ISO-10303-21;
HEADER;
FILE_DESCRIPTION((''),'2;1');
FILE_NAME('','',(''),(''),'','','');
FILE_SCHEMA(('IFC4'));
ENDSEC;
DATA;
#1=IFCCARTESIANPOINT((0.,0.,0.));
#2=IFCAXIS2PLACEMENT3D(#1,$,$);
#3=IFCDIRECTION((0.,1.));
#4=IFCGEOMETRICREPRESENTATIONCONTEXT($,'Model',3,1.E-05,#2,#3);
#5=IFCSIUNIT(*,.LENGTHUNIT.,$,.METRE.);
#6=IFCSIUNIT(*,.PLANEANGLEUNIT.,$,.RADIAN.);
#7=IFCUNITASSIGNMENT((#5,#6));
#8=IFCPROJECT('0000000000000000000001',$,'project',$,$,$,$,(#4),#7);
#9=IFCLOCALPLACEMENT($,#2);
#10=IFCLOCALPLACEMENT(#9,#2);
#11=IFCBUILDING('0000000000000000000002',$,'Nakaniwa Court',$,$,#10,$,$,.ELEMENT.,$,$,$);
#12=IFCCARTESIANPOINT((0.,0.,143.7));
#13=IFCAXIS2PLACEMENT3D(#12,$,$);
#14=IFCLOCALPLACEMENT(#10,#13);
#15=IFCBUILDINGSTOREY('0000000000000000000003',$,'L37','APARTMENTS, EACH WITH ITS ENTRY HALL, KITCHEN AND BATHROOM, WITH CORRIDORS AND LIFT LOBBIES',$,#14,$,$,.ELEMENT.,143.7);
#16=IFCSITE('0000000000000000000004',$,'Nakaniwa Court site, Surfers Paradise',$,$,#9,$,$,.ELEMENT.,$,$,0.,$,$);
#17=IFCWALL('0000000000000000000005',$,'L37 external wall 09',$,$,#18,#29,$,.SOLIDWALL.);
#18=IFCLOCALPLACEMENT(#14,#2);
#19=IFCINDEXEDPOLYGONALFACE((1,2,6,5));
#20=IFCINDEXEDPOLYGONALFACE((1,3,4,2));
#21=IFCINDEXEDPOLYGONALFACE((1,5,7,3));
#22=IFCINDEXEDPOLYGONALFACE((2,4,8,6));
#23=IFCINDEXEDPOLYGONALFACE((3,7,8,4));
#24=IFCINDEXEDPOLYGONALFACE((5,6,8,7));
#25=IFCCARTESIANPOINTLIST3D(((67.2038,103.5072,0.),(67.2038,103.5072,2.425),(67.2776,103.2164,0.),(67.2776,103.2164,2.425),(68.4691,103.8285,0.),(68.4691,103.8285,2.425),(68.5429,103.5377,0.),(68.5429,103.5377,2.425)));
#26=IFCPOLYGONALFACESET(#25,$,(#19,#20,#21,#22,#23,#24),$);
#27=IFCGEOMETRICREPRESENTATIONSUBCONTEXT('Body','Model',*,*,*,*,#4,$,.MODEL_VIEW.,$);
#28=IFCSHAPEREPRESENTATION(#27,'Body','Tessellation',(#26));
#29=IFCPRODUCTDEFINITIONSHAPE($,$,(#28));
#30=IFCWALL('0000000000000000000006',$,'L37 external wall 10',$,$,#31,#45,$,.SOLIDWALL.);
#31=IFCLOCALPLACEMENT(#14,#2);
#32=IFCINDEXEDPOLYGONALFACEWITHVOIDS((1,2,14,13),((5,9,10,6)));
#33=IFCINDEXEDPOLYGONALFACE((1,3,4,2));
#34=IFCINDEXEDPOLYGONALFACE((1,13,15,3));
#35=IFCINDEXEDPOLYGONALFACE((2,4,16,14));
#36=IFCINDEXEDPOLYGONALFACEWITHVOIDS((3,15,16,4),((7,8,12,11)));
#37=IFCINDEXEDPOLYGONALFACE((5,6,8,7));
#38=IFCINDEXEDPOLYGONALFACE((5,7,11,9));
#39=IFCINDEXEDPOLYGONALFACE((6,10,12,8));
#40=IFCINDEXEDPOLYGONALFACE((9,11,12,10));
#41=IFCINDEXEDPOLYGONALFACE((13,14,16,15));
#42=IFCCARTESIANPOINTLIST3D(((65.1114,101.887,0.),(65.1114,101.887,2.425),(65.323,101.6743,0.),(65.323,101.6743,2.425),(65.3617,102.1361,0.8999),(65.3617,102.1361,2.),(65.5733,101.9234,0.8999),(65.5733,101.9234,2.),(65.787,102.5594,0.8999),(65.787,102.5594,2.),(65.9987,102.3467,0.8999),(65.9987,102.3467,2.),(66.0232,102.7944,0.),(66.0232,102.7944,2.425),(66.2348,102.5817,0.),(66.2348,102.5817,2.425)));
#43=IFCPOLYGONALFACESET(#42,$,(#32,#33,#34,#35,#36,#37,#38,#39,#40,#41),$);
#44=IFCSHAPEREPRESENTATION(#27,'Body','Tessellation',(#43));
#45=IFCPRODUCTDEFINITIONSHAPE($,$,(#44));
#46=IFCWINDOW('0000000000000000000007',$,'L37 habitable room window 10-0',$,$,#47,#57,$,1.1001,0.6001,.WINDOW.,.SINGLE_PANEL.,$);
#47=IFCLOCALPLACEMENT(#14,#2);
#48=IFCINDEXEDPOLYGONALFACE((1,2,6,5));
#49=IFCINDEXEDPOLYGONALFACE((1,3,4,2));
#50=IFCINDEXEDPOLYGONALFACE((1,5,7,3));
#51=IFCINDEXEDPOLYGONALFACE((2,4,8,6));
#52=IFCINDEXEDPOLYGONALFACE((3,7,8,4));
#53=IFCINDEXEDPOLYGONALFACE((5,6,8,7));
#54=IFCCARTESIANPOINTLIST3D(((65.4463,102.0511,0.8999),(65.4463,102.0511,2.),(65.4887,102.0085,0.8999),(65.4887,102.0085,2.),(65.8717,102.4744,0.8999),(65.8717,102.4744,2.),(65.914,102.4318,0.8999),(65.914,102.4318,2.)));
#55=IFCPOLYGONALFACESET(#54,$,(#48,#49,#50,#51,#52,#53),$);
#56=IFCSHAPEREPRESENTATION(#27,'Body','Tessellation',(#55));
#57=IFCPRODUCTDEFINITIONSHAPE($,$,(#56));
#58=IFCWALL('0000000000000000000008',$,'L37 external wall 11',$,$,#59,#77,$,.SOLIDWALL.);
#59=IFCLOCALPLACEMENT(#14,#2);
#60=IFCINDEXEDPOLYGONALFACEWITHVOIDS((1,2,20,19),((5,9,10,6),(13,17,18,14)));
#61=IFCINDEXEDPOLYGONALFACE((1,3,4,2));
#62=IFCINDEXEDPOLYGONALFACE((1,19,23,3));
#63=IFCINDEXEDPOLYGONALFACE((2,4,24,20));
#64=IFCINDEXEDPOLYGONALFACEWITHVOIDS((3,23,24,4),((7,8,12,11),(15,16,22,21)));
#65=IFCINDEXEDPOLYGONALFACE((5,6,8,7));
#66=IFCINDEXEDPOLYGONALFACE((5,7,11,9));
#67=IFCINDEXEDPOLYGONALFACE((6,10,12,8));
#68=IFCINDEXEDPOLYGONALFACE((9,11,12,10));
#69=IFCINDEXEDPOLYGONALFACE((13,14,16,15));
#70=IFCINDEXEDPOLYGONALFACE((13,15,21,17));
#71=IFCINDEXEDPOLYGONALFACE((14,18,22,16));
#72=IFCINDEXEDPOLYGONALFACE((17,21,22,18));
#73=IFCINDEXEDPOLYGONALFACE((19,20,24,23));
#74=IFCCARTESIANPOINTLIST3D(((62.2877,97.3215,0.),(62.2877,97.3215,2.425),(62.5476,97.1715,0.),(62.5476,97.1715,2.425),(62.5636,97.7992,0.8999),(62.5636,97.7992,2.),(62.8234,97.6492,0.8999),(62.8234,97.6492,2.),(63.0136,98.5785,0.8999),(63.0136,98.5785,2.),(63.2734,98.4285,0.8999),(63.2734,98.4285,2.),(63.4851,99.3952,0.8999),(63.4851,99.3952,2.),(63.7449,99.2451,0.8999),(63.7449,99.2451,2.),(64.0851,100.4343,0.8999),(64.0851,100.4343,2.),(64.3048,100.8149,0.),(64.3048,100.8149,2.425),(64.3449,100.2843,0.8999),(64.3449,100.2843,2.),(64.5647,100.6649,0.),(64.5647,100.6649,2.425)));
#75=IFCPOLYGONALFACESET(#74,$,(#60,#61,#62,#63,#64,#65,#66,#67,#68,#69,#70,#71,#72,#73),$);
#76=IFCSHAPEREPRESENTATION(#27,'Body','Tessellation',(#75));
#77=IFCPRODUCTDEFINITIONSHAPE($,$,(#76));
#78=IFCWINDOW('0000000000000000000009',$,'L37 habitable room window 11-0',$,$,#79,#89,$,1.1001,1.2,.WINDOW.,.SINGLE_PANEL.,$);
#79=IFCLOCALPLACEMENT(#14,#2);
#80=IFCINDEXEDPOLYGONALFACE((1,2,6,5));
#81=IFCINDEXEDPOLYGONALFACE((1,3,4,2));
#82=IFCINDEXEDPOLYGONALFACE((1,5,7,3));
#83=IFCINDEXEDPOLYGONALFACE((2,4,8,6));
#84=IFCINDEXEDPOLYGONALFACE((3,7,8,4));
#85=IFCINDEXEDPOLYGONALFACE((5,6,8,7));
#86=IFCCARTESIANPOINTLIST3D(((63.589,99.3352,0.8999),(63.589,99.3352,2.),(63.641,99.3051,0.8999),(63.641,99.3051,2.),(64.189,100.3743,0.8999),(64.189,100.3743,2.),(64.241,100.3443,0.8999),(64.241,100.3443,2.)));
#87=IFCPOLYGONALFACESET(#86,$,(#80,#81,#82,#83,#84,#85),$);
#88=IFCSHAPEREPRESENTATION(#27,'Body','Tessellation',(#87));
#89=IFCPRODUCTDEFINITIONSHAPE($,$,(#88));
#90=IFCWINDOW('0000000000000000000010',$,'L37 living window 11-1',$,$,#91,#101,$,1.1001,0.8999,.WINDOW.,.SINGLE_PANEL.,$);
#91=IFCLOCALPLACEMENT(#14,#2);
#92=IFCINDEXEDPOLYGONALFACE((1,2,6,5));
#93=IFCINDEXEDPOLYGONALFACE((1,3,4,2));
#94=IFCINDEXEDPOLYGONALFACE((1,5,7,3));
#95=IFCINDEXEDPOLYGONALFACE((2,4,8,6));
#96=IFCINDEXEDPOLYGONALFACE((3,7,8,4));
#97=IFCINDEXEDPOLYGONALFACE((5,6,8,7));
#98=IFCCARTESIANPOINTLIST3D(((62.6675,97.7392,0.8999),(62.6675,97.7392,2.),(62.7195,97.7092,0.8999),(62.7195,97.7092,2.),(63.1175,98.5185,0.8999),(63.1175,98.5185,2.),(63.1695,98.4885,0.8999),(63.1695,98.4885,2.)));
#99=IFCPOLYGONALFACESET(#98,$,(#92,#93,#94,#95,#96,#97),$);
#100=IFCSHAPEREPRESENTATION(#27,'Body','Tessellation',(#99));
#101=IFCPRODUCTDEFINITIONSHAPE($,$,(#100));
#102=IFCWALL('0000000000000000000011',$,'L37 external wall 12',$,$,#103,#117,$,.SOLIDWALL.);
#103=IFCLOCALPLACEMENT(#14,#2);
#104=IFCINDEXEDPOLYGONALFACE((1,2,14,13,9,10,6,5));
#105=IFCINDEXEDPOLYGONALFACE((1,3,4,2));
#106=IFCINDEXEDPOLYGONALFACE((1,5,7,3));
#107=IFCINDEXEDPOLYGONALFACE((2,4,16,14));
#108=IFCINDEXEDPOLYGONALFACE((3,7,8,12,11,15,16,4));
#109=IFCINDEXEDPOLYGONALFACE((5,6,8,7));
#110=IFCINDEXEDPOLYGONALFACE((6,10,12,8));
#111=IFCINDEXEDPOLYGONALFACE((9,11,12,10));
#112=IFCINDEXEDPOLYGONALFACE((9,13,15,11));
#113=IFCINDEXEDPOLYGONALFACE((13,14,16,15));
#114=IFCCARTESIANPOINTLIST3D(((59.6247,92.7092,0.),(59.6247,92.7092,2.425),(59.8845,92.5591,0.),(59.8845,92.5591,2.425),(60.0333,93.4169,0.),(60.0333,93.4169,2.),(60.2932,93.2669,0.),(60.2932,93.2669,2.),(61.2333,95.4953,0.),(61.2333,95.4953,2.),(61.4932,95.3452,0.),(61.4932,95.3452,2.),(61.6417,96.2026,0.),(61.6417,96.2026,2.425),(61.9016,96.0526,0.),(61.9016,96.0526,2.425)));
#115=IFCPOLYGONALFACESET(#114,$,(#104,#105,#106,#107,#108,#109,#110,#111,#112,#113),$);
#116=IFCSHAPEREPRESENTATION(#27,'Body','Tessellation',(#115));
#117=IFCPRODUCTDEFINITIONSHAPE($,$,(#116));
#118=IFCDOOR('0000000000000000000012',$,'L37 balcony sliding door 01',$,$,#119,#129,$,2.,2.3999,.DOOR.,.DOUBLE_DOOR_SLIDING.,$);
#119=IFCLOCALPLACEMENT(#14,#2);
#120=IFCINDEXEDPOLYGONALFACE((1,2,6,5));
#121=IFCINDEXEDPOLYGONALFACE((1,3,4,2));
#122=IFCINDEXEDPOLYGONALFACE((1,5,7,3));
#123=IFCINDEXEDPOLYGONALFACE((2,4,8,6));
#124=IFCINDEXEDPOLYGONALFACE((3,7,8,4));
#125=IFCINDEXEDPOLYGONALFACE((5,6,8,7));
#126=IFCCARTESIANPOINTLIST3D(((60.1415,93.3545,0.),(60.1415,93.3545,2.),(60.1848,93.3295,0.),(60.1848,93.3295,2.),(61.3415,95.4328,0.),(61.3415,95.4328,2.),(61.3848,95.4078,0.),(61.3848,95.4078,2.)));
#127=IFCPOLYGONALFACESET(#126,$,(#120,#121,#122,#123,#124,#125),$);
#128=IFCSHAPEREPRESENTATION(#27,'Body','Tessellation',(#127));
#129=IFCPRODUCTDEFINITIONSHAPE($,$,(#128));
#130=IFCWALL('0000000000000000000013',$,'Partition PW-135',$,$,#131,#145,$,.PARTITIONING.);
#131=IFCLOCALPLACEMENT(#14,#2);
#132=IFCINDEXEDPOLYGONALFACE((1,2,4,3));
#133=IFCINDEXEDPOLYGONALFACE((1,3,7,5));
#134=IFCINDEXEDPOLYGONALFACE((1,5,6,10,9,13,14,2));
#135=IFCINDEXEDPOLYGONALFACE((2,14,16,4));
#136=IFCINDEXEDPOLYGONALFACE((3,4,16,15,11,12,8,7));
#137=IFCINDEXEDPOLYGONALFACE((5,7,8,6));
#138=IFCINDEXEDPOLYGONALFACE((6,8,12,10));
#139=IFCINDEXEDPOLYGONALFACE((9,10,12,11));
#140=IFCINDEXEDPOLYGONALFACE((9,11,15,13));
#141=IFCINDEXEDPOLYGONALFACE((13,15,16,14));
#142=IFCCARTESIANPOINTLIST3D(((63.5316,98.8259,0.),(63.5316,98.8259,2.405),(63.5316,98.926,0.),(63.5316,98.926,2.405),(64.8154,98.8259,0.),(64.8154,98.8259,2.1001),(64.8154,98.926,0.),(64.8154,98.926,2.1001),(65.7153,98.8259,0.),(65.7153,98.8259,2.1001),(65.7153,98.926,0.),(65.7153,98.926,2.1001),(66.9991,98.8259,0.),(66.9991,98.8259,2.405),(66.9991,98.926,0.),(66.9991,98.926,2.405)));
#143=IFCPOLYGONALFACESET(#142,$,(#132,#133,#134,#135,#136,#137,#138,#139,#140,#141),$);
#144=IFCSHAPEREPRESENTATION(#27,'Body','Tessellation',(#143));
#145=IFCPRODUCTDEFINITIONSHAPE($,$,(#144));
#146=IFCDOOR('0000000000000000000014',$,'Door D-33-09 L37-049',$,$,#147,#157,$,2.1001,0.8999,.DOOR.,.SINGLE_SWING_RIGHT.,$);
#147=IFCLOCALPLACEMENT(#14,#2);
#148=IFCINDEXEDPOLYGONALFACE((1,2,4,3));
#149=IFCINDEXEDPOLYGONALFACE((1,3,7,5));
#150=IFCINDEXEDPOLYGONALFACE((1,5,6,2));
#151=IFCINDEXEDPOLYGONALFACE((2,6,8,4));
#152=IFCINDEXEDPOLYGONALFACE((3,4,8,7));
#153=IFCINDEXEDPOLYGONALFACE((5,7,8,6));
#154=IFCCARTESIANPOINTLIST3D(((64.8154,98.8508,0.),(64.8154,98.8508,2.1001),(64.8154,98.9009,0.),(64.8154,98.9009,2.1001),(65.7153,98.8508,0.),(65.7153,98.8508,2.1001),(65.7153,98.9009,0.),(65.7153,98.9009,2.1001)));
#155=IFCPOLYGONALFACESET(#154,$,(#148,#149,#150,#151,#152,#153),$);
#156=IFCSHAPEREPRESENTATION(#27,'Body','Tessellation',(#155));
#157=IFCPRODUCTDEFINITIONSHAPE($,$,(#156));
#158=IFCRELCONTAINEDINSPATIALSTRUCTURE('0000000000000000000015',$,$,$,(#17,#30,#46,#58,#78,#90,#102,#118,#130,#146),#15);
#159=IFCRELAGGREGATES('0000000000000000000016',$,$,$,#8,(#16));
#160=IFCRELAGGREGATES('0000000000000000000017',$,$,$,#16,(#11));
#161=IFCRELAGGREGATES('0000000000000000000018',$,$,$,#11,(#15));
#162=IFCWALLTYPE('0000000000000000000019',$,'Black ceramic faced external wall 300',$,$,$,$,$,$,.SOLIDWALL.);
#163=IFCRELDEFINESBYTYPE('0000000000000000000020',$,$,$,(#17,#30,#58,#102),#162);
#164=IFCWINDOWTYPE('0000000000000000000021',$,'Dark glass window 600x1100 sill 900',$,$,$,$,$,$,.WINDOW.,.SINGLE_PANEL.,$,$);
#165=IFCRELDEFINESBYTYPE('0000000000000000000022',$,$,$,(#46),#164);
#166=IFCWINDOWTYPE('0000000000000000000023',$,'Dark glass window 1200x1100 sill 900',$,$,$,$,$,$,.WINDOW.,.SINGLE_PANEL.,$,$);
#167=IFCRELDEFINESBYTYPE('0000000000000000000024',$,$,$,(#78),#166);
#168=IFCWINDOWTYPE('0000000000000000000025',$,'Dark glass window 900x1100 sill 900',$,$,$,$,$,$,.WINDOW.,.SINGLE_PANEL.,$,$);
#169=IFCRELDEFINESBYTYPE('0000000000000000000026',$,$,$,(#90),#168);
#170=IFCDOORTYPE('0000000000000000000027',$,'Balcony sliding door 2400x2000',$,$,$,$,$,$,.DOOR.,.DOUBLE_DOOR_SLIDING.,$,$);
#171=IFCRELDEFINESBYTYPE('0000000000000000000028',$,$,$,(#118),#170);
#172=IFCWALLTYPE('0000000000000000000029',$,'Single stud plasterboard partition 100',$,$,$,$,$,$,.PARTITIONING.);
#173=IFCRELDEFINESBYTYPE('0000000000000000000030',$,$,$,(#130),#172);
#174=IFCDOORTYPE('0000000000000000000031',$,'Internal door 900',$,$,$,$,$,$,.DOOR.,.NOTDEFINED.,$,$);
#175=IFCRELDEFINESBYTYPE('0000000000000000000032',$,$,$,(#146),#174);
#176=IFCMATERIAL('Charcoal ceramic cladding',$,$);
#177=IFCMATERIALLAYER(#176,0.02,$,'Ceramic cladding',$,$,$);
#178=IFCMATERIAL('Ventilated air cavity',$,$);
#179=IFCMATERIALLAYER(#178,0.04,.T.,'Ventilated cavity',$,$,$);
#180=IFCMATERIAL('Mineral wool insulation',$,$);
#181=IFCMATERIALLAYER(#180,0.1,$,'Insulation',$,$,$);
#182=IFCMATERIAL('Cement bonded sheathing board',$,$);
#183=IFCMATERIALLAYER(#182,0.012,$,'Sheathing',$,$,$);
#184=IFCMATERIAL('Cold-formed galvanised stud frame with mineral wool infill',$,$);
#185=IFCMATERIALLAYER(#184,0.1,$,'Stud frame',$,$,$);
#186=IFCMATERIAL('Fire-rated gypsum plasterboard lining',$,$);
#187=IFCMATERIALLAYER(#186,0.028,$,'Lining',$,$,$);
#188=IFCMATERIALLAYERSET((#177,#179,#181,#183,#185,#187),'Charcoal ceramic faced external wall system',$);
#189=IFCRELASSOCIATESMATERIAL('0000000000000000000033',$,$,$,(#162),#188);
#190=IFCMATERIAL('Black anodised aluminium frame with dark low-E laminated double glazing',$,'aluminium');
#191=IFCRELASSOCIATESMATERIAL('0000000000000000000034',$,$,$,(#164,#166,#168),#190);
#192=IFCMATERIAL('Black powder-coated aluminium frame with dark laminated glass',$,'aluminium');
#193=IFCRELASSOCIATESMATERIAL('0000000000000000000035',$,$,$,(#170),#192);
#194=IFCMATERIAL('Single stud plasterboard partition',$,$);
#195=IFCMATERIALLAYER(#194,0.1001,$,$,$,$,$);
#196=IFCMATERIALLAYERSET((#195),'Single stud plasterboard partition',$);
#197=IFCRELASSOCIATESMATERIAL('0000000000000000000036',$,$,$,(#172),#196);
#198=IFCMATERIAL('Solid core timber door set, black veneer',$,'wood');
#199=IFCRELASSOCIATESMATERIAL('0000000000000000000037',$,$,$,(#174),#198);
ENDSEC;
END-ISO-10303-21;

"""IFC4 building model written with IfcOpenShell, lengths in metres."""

from ifc_helpers import new_model, si_unit, direction, frame, frame_2d, origin, place, context, subcontext, project, spatial, rectangle, extrude, material, layer, layer_set, type_object, element, fill, save


model = new_model("IFC4")

# Units and contexts
model_context = context("Model", 3, precision=1e-05, world=origin(), true_north=direction((0.0, 1.0)))
body_context = subcontext(model_context, "Body", "Model", "MODEL_VIEW")
ifc_project = project(units=[si_unit("LENGTHUNIT", "METRE"), si_unit("PLANEANGLEUNIT", "RADIAN")], contexts=[model_context])

# Site, building, storey
site_placement = place(None, origin())
site = spatial("IfcSite", under=ifc_project, at=site_placement, Name="Nakaniwa Court site, Surfers Paradise", CompositionType="ELEMENT", RefElevation=0.0)
building_placement = place(site_placement, origin())
building = spatial("IfcBuilding", under=site, at=building_placement, Name="Nakaniwa Court", CompositionType="ELEMENT")
storey_placement = place(building_placement, frame((0.0, 0.0, 143.7)))
storey = spatial("IfcBuildingStorey", under=building, at=storey_placement, Name="L37", Description="APARTMENTS, EACH WITH ITS ENTRY HALL, KITCHEN AND BATHROOM, WITH CORRIDORS AND LIFT LOBBIES", CompositionType="ELEMENT", Elevation=143.7)

# Shared definitions
ifc_material_1 = material(Name="Solid core timber door set, black veneer", Category="wood")

# Wall
ifc_material_2 = material(Name="Charcoal ceramic cladding")
ifc_layer_1 = layer(ifc_material_2, 0.02, Name="Ceramic cladding")
ifc_material_3 = material(Name="Ventilated air cavity")
ifc_layer_2 = layer(ifc_material_3, 0.04, ventilated=True, Name="Ventilated cavity")
ifc_material_4 = material(Name="Mineral wool insulation")
ifc_layer_3 = layer(ifc_material_4, 0.1, Name="Insulation")
ifc_material_5 = material(Name="Cement bonded sheathing board")
ifc_layer_4 = layer(ifc_material_5, 0.012, Name="Sheathing")
ifc_material_6 = material(Name="Cold-formed galvanised stud frame with mineral wool infill")
ifc_layer_5 = layer(ifc_material_6, 0.1, Name="Stud frame")
ifc_material_7 = material(Name="Fire-rated gypsum plasterboard lining")
ifc_layer_6 = layer(ifc_material_7, 0.028, Name="Lining")
ifc_layer_set_1 = layer_set([ifc_layer_1, ifc_layer_2, ifc_layer_3, ifc_layer_4, ifc_layer_5, ifc_layer_6], Name="Charcoal ceramic faced external wall system")
wall_type_1 = type_object("IfcWallType", Name="Black ceramic faced external wall 300", PredefinedType="SOLIDWALL", material=ifc_layer_set_1)
wall_1_placement = place(storey_placement, frame((68.5061, 103.6831, 0.0), z_axis=(0.0, 0.0, 1.0), x_axis=(-0.969245, -0.246098, 0.0)))
element("IfcWall", 1, at=wall_1_placement, inside=storey, type_object=wall_type_1, Name="L37 external wall 09", PredefinedType="SOLIDWALL", context=body_context, shape_type="SweptSolid", body=[
    extrude(rectangle(XDim=1.3054, YDim=0.3, at=frame_2d((0.6528, 0.0))), origin(), (0.0, 0.0, 1.0), 2.425),
])

# Wall, opening, window
wall_2_placement = place(storey_placement, frame((66.1289, 102.688, 0.0), z_axis=(0.0, 0.0, 1.0), x_axis=(-0.708813, -0.705397, 0.0)))
wall_2 = element("IfcWall", 2, at=wall_2_placement, inside=storey, type_object=wall_type_1, Name="L37 external wall 10", PredefinedType="SOLIDWALL", context=body_context, shape_type="SweptSolid", body=[
    extrude(rectangle(XDim=1.2864, YDim=0.3, at=frame_2d((0.6431, 0.0))), origin(), (0.0, 0.0, 1.0), 2.425),
])
opening_1_placement = place(wall_2_placement, frame((0.333, 0.0, 0.8999)))
opening_1 = element("IfcOpeningElement", 3, at=opening_1_placement, cuts=wall_2, PredefinedType="OPENING", context=body_context, shape_type="SweptSolid", body=[
    extrude(rectangle(XDim=0.6001, YDim=1.1001, at=frame_2d((0.3, 0.55))), frame((0.0, 0.1599, 0.0), z_axis=(0.0, -1.0, 0.0), x_axis=(1.0, 0.0, 0.0)), (0.0, 0.0, 1.0), 0.3201),
])
ifc_material_8 = material(Name="Black anodised aluminium frame with dark low-E laminated double glazing", Category="aluminium")
window_type_1 = type_object("IfcWindowType", Name="Dark glass window 600x1100 sill 900", PartitioningType="SINGLE_PANEL", PredefinedType="WINDOW", material=ifc_material_8)
window_1_placement = place(opening_1_placement, origin())
window_1 = element("IfcWindow", 4, at=window_1_placement, inside=storey, type_object=window_type_1, Name="L37 habitable room window 10-0", OverallHeight=1.1001, OverallWidth=0.6001, PartitioningType="SINGLE_PANEL", PredefinedType="WINDOW", context=body_context, shape_type="SweptSolid", body=[
    extrude(rectangle(XDim=0.6001, YDim=1.1001, at=frame_2d((0.3, 0.55))), frame((0.0, 0.03, 0.0), z_axis=(0.0, -1.0, 0.0), x_axis=(1.0, 0.0, 0.0)), (0.0, 0.0, 1.0), 0.0601),
])
fill(opening_1, window_1)

# Wall, openings, windows
wall_3_placement = place(storey_placement, frame((64.4348, 100.74, 0.0), z_axis=(0.0, 0.0, 1.0), x_axis=(-0.500032, -0.866007, 0.0)))
wall_3 = element("IfcWall", 5, at=wall_3_placement, inside=storey, type_object=wall_type_1, Name="L37 external wall 11", PredefinedType="SOLIDWALL", context=body_context, shape_type="SweptSolid", body=[
    extrude(rectangle(XDim=4.0339, YDim=0.3, at=frame_2d((2.0171, 0.0))), origin(), (0.0, 0.0, 1.0), 2.425),
])
opening_2_placement = place(wall_3_placement, frame((0.4395, 0.0, 0.8999)))
opening_2 = element("IfcOpeningElement", 6, at=opening_2_placement, cuts=wall_3, PredefinedType="OPENING", context=body_context, shape_type="SweptSolid", body=[
    extrude(rectangle(XDim=1.2, YDim=1.1001, at=frame_2d((0.6001, 0.55))), frame((0.0, 0.1599, 0.0), z_axis=(0.0, -1.0, 0.0), x_axis=(1.0, 0.0, 0.0)), (0.0, 0.0, 1.0), 0.3201),
])
opening_3_placement = place(wall_3_placement, frame((2.5825, 0.0, 0.8999)))
opening_3 = element("IfcOpeningElement", 7, at=opening_3_placement, cuts=wall_3, PredefinedType="OPENING", context=body_context, shape_type="SweptSolid", body=[
    extrude(rectangle(XDim=0.8999, YDim=1.1001, at=frame_2d((0.45, 0.55))), frame((0.0, 0.1599, 0.0), z_axis=(0.0, -1.0, 0.0), x_axis=(1.0, 0.0, 0.0)), (0.0, 0.0, 1.0), 0.3201),
])
window_type_2 = type_object("IfcWindowType", Name="Dark glass window 1200x1100 sill 900", PartitioningType="SINGLE_PANEL", PredefinedType="WINDOW", material=ifc_material_8)
window_2_placement = place(opening_2_placement, origin())
window_2 = element("IfcWindow", 8, at=window_2_placement, inside=storey, type_object=window_type_2, Name="L37 habitable room window 11-0", OverallHeight=1.1001, OverallWidth=1.2, PartitioningType="SINGLE_PANEL", PredefinedType="WINDOW", context=body_context, shape_type="SweptSolid", body=[
    extrude(rectangle(XDim=1.2, YDim=1.1001, at=frame_2d((0.6001, 0.55))), frame((0.0, 0.03, 0.0), z_axis=(0.0, -1.0, 0.0), x_axis=(1.0, 0.0, 0.0)), (0.0, 0.0, 1.0), 0.0601),
])
fill(opening_2, window_2)
window_type_3 = type_object("IfcWindowType", Name="Dark glass window 900x1100 sill 900", PartitioningType="SINGLE_PANEL", PredefinedType="WINDOW", material=ifc_material_8)
window_3_placement = place(opening_3_placement, origin())
window_3 = element("IfcWindow", 9, at=window_3_placement, inside=storey, type_object=window_type_3, Name="L37 living window 11-1", OverallHeight=1.1001, OverallWidth=0.8999, PartitioningType="SINGLE_PANEL", PredefinedType="WINDOW", context=body_context, shape_type="SweptSolid", body=[
    extrude(rectangle(XDim=0.8999, YDim=1.1001, at=frame_2d((0.45, 0.55))), frame((0.0, 0.03, 0.0), z_axis=(0.0, -1.0, 0.0), x_axis=(1.0, 0.0, 0.0)), (0.0, 0.0, 1.0), 0.0601),
])
fill(opening_3, window_3)

# Walls, openings, doors
wall_4_placement = place(storey_placement, frame((61.7717, 96.1277, 0.0), z_axis=(0.0, 0.0, 1.0), x_axis=(-0.500032, -0.866007, 0.0)))
wall_4 = element("IfcWall", 10, at=wall_4_placement, inside=storey, type_object=wall_type_1, Name="L37 external wall 12", PredefinedType="SOLIDWALL", context=body_context, shape_type="SweptSolid", body=[
    extrude(rectangle(XDim=4.0339, YDim=0.3, at=frame_2d((2.0171, 0.0))), origin(), (0.0, 0.0, 1.0), 2.425),
])
opening_4_placement = place(wall_4_placement, frame((0.8169, 0.0, 0.0)))
opening_4 = element("IfcOpeningElement", 11, at=opening_4_placement, cuts=wall_4, PredefinedType="OPENING", context=body_context, shape_type="SweptSolid", body=[
    extrude(rectangle(XDim=2.3999, YDim=2.0, at=frame_2d((1.2, 1.0))), frame((0.0, 0.1599, 0.0), z_axis=(0.0, -1.0, 0.0), x_axis=(1.0, 0.0, 0.0)), (0.0, 0.0, 1.0), 0.3201),
])
ifc_material_9 = material(Name="Black powder-coated aluminium frame with dark laminated glass", Category="aluminium")
door_type_1 = type_object("IfcDoorType", Name="Balcony sliding door 2400x2000", OperationType="DOUBLE_DOOR_SLIDING", PredefinedType="DOOR", material=ifc_material_9)
door_1_placement = place(opening_4_placement, origin())
door_1 = element("IfcDoor", 12, at=door_1_placement, inside=storey, type_object=door_type_1, Name="L37 balcony sliding door 01", OperationType="DOUBLE_DOOR_SLIDING", OverallHeight=2.0, OverallWidth=2.3999, PredefinedType="DOOR", context=body_context, shape_type="SweptSolid", body=[
    extrude(rectangle(XDim=2.3999, YDim=2.0, at=frame_2d((1.2, 1.0))), frame((0.0, 0.0249, 0.0), z_axis=(0.0, -1.0, 0.0), x_axis=(1.0, 0.0, 0.0)), (0.0, 0.0, 1.0), 0.05),
])
fill(opening_4, door_1)
ifc_material_10 = material(Name="Single stud plasterboard partition")
ifc_layer_7 = layer(ifc_material_10, 0.1001)
ifc_layer_set_2 = layer_set([ifc_layer_7], Name="Single stud plasterboard partition")
wall_type_2 = type_object("IfcWallType", Name="Single stud plasterboard partition 100", PredefinedType="PARTITIONING", material=ifc_layer_set_2)
wall_5_placement = place(storey_placement, frame((63.5315, 98.876, 0.0), z_axis=(0.0, 0.0, 1.0), x_axis=(1.0, 0.0, 0.0)))
wall_5 = element("IfcWall", 13, at=wall_5_placement, inside=storey, type_object=wall_type_2, Name="Partition PW-135", PredefinedType="PARTITIONING", context=body_context, shape_type="SweptSolid", body=[
    extrude(rectangle(XDim=3.4675, YDim=0.1001, at=frame_2d((1.7339, 0.0))), origin(), (0.0, 0.0, 1.0), 2.405),
])
opening_5_placement = place(wall_5_placement, frame((1.2839, 0.0, 0.0)))
opening_5 = element("IfcOpeningElement", 14, at=opening_5_placement, cuts=wall_5, PredefinedType="OPENING", context=body_context, shape_type="SweptSolid", body=[
    extrude(rectangle(XDim=0.8999, YDim=2.1001, at=frame_2d((0.45, 1.05))), frame((0.0, 0.0601, 0.0), z_axis=(0.0, -1.0, 0.0), x_axis=(1.0, 0.0, 0.0)), (0.0, 0.0, 1.0), 0.1201),
])
door_type_2 = type_object("IfcDoorType", Name="Internal door 900", OperationType="NOTDEFINED", PredefinedType="DOOR", material=ifc_material_1)
door_2_placement = place(opening_5_placement, origin())
door_2 = element("IfcDoor", 15, at=door_2_placement, inside=storey, type_object=door_type_2, Name="Door D-33-09 L37-049", OperationType="SINGLE_SWING_RIGHT", OverallHeight=2.1001, OverallWidth=0.8999, PredefinedType="DOOR", context=body_context, shape_type="SweptSolid", body=[
    extrude(rectangle(XDim=0.8999, YDim=2.1001, at=frame_2d((0.45, 1.05))), frame((0.0, 0.0249, 0.0), z_axis=(0.0, -1.0, 0.0), x_axis=(1.0, 0.0, 0.0)), (0.0, 0.0, 1.0), 0.05),
])
fill(opening_5, door_2)

save(model, "model.ifc")
